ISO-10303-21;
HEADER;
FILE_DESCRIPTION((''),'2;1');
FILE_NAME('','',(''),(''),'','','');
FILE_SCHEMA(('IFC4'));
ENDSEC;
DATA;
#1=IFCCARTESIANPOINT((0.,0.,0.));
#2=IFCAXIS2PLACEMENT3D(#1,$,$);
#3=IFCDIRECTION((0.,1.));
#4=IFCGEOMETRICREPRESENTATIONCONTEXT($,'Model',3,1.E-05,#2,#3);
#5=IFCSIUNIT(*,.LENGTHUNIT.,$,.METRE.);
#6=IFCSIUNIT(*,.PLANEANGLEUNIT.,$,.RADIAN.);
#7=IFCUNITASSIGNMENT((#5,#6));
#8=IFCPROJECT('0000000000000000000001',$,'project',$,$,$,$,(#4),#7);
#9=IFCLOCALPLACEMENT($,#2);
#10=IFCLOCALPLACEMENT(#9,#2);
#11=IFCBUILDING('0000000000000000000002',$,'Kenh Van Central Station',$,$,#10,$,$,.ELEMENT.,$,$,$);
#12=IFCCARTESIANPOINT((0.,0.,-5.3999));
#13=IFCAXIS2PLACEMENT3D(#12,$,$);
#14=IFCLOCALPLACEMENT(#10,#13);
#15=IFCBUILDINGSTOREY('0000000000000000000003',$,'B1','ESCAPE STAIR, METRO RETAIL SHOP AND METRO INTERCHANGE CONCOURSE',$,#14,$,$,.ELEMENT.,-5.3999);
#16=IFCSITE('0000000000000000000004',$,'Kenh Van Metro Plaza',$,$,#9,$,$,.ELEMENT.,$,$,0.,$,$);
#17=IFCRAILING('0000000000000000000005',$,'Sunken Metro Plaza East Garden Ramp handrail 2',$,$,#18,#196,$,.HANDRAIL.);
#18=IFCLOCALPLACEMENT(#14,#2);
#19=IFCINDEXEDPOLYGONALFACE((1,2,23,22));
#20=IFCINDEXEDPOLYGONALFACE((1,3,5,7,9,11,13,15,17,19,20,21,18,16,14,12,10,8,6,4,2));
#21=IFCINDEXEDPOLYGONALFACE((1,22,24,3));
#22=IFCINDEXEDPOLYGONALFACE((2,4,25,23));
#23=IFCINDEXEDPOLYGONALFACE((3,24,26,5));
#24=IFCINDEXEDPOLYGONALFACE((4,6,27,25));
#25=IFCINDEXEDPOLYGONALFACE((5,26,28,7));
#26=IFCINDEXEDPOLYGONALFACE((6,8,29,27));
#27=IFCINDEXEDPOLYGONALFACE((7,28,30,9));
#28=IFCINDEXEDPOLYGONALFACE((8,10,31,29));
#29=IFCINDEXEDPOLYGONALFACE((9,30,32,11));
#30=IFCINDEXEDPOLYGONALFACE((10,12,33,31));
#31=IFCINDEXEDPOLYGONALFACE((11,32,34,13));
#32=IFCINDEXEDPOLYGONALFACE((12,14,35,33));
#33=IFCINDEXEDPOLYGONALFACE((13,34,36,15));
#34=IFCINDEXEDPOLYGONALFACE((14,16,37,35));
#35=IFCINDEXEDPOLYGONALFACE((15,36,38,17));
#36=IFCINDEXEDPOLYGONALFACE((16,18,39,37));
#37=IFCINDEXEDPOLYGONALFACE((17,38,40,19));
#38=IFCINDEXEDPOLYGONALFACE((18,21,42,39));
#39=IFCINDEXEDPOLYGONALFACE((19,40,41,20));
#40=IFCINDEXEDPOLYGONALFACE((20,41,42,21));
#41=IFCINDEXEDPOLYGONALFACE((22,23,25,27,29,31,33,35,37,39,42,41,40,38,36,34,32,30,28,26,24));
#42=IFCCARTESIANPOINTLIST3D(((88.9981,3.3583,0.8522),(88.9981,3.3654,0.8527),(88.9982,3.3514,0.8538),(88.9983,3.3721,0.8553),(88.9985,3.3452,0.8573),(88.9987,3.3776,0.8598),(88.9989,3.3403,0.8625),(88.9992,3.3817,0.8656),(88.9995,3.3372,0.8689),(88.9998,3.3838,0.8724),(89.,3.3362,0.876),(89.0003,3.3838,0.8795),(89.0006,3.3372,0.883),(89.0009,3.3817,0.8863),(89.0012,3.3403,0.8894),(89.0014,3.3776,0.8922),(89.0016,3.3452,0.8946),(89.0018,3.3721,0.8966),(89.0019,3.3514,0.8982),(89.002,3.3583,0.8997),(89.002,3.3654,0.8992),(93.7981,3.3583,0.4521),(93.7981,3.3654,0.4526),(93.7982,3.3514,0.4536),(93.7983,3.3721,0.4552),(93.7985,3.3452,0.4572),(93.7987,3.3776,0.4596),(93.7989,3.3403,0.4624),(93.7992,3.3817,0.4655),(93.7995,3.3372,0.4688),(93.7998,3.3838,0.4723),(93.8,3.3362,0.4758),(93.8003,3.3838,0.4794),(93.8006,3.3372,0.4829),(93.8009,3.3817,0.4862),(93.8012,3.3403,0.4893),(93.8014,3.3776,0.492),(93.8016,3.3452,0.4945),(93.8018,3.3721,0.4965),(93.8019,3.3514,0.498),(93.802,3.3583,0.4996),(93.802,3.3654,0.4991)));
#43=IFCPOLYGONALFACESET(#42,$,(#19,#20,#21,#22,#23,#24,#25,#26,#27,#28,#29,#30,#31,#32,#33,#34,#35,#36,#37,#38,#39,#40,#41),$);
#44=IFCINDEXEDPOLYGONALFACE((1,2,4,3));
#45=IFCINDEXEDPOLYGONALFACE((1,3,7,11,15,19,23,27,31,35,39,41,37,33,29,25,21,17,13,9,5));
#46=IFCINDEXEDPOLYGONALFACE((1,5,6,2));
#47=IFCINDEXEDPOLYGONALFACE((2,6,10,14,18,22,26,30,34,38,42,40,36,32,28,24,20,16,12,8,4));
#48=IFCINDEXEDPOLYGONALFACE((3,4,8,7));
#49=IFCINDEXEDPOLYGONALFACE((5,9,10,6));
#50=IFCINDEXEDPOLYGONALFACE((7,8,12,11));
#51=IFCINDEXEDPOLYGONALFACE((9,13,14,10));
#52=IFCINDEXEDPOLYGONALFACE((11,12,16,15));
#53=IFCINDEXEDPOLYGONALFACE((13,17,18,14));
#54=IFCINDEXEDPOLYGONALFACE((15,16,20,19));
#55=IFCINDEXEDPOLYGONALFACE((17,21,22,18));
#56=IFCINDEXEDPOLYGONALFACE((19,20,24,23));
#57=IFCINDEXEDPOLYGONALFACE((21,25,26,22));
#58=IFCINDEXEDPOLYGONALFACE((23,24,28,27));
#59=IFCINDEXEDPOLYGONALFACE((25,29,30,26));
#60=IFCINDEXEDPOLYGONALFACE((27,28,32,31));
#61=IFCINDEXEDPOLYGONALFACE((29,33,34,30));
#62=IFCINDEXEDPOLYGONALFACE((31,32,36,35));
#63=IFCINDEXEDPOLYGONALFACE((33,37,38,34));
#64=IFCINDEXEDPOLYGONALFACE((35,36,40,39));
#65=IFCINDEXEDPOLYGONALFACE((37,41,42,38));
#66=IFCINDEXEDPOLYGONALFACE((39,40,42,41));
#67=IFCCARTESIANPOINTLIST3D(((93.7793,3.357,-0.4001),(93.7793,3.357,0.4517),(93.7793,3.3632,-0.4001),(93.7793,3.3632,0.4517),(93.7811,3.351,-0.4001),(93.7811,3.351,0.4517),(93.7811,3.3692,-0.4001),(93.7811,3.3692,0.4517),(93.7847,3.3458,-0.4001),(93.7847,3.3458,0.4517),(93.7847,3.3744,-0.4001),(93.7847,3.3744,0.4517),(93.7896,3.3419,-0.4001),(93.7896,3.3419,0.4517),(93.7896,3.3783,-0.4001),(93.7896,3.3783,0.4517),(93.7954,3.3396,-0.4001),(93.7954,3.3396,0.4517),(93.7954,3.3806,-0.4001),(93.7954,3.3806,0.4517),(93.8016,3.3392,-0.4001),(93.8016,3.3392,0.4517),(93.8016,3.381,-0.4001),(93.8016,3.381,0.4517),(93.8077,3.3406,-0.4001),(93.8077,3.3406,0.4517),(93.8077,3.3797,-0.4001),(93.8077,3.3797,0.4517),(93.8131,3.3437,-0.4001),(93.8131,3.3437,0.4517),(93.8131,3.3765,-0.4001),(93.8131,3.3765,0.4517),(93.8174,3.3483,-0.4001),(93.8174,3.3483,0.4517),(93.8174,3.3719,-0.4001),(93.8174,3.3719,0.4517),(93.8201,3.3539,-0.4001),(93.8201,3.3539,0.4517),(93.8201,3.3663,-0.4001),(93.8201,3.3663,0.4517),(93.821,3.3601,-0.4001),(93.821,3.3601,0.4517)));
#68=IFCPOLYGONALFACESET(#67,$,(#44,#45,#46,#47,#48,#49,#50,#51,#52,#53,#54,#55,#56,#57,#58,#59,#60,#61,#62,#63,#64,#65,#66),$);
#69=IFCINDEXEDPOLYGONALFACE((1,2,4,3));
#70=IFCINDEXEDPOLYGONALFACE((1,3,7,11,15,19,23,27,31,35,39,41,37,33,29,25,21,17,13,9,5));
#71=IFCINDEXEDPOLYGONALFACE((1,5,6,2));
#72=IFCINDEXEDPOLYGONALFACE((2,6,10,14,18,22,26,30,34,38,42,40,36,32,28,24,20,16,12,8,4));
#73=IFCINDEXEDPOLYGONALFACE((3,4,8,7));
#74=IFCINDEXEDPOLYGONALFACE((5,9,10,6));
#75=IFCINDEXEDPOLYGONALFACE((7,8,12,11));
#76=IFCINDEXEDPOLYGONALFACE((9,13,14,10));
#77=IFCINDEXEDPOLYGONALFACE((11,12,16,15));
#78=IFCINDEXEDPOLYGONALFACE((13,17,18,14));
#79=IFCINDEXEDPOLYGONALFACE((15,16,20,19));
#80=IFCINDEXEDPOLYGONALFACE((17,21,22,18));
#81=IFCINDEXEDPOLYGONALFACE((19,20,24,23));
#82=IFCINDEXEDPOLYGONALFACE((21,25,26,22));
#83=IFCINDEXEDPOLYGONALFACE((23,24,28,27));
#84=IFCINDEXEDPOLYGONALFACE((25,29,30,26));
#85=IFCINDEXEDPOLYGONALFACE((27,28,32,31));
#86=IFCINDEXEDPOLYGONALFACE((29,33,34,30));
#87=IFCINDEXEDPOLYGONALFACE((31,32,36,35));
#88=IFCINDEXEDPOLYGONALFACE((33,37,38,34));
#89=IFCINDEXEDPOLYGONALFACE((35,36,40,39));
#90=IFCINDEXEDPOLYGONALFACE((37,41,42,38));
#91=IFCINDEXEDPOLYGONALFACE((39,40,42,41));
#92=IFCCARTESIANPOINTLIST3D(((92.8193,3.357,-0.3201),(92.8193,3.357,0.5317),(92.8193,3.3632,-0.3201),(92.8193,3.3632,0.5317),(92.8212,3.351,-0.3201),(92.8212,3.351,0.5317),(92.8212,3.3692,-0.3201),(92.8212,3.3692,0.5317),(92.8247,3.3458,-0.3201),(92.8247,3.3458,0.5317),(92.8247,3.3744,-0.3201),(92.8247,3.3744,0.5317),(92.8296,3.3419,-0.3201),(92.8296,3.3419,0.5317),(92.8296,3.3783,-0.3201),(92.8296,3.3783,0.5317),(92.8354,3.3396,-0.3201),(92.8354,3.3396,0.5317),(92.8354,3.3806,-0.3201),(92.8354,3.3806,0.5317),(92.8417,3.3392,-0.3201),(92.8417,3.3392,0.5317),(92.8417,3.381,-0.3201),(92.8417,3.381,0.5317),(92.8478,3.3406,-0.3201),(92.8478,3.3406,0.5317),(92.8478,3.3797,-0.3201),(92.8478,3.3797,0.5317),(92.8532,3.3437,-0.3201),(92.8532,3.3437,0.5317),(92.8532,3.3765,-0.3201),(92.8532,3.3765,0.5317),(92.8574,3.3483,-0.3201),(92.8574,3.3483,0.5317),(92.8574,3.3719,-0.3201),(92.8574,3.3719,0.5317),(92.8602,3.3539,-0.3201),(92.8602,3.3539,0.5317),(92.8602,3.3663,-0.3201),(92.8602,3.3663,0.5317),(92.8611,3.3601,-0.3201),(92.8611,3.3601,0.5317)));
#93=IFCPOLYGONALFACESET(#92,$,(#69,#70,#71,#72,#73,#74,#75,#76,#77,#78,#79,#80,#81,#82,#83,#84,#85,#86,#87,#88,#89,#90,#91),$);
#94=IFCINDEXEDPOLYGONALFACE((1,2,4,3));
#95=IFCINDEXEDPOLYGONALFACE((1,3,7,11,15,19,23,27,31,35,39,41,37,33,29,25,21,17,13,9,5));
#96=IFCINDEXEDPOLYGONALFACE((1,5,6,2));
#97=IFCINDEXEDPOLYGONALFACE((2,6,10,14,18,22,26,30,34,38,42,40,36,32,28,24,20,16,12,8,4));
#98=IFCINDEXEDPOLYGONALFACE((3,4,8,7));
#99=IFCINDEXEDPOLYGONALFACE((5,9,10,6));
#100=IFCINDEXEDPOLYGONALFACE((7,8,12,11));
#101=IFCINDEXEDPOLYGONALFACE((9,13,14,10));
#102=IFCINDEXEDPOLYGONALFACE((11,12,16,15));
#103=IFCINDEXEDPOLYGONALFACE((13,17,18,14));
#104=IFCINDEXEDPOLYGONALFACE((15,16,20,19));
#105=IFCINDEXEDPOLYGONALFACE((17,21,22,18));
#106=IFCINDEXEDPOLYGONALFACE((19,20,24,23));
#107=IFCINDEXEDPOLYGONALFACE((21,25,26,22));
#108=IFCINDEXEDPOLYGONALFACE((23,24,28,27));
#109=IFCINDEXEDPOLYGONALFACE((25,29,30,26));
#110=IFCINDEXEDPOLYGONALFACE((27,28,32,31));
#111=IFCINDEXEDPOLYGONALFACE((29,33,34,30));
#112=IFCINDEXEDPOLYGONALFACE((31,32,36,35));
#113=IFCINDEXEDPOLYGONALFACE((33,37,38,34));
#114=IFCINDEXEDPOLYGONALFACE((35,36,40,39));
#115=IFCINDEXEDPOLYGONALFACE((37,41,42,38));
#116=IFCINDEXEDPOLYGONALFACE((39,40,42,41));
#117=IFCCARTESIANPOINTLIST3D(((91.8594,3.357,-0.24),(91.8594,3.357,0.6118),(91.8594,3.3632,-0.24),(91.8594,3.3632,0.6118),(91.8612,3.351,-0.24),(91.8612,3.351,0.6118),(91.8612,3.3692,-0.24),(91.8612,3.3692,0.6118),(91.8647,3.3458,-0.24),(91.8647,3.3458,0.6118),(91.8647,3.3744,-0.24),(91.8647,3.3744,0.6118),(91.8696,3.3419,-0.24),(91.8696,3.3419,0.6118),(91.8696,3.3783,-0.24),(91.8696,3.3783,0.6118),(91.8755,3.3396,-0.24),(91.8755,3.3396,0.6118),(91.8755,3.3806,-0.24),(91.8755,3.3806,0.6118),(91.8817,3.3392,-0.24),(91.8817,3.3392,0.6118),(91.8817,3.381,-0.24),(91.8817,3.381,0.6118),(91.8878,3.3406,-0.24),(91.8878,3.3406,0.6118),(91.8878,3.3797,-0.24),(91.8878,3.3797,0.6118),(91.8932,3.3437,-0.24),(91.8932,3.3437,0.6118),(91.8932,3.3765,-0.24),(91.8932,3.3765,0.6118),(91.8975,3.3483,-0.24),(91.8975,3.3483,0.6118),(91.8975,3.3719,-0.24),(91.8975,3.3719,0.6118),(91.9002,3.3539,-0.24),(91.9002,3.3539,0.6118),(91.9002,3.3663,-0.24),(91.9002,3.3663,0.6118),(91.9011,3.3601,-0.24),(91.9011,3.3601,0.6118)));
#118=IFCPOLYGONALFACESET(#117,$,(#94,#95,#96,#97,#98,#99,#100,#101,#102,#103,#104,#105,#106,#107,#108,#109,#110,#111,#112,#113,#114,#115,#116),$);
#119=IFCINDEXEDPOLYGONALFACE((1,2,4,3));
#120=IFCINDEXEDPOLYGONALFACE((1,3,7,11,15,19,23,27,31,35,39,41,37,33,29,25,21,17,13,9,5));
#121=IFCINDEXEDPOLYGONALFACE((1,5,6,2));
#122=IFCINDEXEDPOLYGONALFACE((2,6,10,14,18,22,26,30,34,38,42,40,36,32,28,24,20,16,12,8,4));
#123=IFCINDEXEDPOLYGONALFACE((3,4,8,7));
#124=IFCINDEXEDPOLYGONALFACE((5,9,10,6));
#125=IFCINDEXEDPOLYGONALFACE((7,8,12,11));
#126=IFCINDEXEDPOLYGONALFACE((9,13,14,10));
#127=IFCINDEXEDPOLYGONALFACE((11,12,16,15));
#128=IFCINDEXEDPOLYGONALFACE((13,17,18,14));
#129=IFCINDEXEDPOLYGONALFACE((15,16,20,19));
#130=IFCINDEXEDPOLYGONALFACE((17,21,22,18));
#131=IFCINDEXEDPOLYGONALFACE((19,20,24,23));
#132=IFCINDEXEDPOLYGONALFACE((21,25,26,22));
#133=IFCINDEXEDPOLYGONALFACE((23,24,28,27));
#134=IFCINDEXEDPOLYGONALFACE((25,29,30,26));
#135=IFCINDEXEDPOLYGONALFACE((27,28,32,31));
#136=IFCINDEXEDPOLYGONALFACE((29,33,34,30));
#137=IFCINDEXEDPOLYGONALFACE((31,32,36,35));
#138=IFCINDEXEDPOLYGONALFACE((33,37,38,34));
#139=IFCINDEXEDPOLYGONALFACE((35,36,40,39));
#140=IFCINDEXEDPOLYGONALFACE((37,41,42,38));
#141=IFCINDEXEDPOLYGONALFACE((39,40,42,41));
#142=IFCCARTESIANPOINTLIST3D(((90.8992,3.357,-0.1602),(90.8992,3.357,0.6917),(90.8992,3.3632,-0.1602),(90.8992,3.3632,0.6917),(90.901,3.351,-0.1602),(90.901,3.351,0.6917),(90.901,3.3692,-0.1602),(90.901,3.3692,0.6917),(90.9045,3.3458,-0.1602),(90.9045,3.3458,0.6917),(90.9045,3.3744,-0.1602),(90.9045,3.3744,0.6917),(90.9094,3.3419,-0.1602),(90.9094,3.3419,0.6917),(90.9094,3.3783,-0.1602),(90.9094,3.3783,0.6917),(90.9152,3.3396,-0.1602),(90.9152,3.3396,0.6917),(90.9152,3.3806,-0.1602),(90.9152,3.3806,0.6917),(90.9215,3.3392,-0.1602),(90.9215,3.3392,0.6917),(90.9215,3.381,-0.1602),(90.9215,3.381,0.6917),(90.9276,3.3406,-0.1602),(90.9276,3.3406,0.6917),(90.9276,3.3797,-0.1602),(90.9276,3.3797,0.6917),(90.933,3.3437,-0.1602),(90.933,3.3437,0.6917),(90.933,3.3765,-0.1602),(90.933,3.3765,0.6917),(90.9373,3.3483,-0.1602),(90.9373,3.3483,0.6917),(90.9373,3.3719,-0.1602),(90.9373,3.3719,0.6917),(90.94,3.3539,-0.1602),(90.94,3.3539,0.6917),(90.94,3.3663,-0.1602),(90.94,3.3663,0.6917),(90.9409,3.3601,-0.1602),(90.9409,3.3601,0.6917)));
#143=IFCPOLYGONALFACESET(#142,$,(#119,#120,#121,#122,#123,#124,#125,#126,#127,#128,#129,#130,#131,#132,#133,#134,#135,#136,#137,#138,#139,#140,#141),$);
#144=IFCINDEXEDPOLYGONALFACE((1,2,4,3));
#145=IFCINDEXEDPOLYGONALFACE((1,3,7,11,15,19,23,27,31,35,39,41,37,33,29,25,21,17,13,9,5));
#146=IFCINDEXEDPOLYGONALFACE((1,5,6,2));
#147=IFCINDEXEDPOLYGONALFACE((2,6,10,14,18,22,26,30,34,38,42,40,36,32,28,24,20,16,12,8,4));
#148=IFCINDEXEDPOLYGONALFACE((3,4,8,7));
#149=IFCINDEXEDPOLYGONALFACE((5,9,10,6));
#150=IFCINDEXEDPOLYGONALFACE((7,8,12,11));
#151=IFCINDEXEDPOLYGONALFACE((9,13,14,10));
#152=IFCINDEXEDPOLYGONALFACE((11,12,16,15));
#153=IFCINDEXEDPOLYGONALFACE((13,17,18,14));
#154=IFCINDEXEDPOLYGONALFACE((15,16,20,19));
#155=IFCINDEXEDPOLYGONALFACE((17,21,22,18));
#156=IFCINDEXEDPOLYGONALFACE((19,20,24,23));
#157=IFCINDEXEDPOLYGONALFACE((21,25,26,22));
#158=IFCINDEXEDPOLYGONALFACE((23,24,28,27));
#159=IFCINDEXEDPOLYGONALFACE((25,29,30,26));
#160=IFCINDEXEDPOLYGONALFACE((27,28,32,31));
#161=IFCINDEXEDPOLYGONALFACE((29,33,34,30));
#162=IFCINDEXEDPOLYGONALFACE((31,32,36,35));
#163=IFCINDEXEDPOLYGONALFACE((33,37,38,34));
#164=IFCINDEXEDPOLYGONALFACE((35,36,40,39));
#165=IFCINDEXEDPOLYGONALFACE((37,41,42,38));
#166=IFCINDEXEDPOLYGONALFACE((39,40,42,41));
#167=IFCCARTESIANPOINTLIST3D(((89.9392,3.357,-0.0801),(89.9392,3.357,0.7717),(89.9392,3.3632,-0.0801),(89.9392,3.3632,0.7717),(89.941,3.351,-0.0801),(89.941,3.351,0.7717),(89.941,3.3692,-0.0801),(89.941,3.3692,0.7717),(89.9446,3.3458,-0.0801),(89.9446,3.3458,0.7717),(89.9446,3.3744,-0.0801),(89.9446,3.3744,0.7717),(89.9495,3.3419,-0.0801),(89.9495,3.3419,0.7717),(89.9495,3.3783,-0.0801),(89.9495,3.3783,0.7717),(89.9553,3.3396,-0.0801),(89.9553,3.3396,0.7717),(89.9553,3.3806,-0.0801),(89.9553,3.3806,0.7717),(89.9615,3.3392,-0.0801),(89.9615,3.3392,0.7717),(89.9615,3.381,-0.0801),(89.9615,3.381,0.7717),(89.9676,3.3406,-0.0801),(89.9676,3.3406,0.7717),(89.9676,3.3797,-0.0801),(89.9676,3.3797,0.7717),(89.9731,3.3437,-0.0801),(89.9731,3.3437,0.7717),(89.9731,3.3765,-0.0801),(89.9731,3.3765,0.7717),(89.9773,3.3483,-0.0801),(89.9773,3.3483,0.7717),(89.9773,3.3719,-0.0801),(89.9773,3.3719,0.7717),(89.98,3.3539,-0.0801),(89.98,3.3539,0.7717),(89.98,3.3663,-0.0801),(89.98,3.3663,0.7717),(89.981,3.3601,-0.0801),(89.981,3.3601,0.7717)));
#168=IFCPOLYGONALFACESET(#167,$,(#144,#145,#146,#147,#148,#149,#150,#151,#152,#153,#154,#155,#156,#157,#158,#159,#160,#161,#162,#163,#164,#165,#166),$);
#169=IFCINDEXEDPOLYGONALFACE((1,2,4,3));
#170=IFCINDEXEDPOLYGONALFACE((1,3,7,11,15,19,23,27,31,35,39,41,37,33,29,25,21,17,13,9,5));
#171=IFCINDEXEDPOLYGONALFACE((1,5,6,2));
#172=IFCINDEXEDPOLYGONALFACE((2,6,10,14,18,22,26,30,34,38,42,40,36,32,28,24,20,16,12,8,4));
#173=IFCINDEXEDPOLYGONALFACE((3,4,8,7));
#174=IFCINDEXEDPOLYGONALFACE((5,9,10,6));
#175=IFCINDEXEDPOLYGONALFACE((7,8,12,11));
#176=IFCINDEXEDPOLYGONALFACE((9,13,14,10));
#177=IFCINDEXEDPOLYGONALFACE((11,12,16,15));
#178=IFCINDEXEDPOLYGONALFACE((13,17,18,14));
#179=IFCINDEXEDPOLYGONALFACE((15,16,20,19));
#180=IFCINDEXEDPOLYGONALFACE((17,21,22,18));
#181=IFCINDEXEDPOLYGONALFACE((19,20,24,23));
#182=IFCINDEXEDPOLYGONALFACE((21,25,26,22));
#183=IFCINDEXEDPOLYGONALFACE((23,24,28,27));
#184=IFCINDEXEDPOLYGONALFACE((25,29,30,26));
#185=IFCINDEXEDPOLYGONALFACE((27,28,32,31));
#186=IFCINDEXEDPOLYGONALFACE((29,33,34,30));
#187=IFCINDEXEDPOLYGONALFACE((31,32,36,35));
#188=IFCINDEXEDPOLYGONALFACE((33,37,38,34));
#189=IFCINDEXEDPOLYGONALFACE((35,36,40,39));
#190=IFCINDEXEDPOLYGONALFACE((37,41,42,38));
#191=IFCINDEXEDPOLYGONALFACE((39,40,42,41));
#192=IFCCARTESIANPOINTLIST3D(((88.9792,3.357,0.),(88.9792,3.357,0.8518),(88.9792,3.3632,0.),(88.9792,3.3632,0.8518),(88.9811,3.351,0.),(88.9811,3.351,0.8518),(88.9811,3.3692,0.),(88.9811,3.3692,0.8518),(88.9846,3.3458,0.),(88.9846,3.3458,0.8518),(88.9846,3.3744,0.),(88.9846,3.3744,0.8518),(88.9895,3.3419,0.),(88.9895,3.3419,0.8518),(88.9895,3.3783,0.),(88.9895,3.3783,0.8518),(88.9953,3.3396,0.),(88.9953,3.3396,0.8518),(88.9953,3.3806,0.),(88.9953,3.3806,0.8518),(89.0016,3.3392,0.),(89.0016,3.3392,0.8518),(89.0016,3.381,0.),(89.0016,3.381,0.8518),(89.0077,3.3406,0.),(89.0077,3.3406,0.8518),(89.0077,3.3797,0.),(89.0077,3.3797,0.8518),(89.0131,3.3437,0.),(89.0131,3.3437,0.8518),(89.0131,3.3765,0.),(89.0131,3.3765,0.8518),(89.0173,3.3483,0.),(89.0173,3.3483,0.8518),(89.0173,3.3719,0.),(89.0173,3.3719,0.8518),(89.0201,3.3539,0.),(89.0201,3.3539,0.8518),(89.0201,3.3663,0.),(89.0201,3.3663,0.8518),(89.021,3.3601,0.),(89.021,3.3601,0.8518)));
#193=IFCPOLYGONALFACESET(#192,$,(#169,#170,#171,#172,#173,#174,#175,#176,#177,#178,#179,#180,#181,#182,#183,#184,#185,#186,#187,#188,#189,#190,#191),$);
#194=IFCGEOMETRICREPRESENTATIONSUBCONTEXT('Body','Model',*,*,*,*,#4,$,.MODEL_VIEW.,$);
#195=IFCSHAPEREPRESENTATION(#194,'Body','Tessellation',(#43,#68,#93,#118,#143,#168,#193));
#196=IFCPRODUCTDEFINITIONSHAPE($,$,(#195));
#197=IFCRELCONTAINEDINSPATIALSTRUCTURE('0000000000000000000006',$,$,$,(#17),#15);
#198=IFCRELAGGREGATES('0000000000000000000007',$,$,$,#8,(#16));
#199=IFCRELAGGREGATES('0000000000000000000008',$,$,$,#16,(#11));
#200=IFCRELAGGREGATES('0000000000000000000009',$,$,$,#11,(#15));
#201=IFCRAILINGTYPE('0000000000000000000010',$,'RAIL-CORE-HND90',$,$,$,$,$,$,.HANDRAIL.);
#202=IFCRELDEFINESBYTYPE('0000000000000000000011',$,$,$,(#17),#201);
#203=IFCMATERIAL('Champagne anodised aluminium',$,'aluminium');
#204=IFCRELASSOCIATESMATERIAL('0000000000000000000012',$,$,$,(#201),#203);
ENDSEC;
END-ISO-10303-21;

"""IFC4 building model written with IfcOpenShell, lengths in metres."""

from ifc_helpers import new_model, si_unit, direction, frame, origin, origin_2d, place, context, subcontext, project, spatial, circle, extrude, material, type_object, element, save


model = new_model("IFC4")

# Units and contexts
model_context = context("Model", 3, precision=1e-05, world=origin(), true_north=direction((0.0, 1.0)))
body_context = subcontext(model_context, "Body", "Model", "MODEL_VIEW")
ifc_project = project(units=[si_unit("LENGTHUNIT", "METRE"), si_unit("PLANEANGLEUNIT", "RADIAN")], contexts=[model_context])

# Site, building, storey
site_placement = place(None, origin())
site = spatial("IfcSite", under=ifc_project, at=site_placement, Name="Kenh Van Metro Plaza", CompositionType="ELEMENT", RefElevation=0.0)
building_placement = place(site_placement, origin())
building = spatial("IfcBuilding", under=site, at=building_placement, Name="Kenh Van Central Station", CompositionType="ELEMENT")
storey_placement = place(building_placement, frame((0.0, 0.0, -5.3999)))
storey = spatial("IfcBuildingStorey", under=building, at=storey_placement, Name="B1", Description="ESCAPE STAIR, METRO RETAIL SHOP AND METRO INTERCHANGE CONCOURSE", CompositionType="ELEMENT", Elevation=-5.3999)

# Railing
ifc_material_1 = material(Name="Champagne anodised aluminium", Category="aluminium")
railing_type_1 = type_object("IfcRailingType", Name="RAIL-CORE-HND90", PredefinedType="HANDRAIL", material=ifc_material_1)
for number, where, name in (
    (1, (93.8, 3.3601, -0.4001), "Sunken Metro Plaza East Garden Ramp handrail 2"),
):
    element("IfcRailing", number, at=place(storey_placement, frame(where)), inside=storey, type_object=railing_type_1, Name=name, PredefinedType="HANDRAIL", context=body_context, shape_type="SweptSolid", body=[
        extrude(circle(Radius=0.0239, at=origin_2d()), frame((0.0, 0.0, 0.876), z_axis=(-0.996543, 0.0, 0.083075), x_axis=(0.0, -1.0, 0.0)), (0.0, 0.0, 1.0), 4.8167),
        extrude(circle(Radius=0.021, at=origin_2d()), origin(), (0.0, 0.0, 1.0), 0.8518),
        extrude(circle(Radius=0.021, at=origin_2d()), frame((-0.96, 0.0, 0.0801)), (0.0, 0.0, 1.0), 0.8518),
        extrude(circle(Radius=0.021, at=origin_2d()), frame((-1.9199, 0.0, 0.1602)), (0.0, 0.0, 1.0), 0.8518),
        extrude(circle(Radius=0.021, at=origin_2d()), frame((-2.8801, 0.0, 0.24)), (0.0, 0.0, 1.0), 0.8518),
        extrude(circle(Radius=0.021, at=origin_2d()), frame((-3.8401, 0.0, 0.3201)), (0.0, 0.0, 1.0), 0.8518),
        extrude(circle(Radius=0.021, at=origin_2d()), frame((-4.8, 0.0, 0.4001)), (0.0, 0.0, 1.0), 0.8518),
    ])

save(model, "model.ifc")
